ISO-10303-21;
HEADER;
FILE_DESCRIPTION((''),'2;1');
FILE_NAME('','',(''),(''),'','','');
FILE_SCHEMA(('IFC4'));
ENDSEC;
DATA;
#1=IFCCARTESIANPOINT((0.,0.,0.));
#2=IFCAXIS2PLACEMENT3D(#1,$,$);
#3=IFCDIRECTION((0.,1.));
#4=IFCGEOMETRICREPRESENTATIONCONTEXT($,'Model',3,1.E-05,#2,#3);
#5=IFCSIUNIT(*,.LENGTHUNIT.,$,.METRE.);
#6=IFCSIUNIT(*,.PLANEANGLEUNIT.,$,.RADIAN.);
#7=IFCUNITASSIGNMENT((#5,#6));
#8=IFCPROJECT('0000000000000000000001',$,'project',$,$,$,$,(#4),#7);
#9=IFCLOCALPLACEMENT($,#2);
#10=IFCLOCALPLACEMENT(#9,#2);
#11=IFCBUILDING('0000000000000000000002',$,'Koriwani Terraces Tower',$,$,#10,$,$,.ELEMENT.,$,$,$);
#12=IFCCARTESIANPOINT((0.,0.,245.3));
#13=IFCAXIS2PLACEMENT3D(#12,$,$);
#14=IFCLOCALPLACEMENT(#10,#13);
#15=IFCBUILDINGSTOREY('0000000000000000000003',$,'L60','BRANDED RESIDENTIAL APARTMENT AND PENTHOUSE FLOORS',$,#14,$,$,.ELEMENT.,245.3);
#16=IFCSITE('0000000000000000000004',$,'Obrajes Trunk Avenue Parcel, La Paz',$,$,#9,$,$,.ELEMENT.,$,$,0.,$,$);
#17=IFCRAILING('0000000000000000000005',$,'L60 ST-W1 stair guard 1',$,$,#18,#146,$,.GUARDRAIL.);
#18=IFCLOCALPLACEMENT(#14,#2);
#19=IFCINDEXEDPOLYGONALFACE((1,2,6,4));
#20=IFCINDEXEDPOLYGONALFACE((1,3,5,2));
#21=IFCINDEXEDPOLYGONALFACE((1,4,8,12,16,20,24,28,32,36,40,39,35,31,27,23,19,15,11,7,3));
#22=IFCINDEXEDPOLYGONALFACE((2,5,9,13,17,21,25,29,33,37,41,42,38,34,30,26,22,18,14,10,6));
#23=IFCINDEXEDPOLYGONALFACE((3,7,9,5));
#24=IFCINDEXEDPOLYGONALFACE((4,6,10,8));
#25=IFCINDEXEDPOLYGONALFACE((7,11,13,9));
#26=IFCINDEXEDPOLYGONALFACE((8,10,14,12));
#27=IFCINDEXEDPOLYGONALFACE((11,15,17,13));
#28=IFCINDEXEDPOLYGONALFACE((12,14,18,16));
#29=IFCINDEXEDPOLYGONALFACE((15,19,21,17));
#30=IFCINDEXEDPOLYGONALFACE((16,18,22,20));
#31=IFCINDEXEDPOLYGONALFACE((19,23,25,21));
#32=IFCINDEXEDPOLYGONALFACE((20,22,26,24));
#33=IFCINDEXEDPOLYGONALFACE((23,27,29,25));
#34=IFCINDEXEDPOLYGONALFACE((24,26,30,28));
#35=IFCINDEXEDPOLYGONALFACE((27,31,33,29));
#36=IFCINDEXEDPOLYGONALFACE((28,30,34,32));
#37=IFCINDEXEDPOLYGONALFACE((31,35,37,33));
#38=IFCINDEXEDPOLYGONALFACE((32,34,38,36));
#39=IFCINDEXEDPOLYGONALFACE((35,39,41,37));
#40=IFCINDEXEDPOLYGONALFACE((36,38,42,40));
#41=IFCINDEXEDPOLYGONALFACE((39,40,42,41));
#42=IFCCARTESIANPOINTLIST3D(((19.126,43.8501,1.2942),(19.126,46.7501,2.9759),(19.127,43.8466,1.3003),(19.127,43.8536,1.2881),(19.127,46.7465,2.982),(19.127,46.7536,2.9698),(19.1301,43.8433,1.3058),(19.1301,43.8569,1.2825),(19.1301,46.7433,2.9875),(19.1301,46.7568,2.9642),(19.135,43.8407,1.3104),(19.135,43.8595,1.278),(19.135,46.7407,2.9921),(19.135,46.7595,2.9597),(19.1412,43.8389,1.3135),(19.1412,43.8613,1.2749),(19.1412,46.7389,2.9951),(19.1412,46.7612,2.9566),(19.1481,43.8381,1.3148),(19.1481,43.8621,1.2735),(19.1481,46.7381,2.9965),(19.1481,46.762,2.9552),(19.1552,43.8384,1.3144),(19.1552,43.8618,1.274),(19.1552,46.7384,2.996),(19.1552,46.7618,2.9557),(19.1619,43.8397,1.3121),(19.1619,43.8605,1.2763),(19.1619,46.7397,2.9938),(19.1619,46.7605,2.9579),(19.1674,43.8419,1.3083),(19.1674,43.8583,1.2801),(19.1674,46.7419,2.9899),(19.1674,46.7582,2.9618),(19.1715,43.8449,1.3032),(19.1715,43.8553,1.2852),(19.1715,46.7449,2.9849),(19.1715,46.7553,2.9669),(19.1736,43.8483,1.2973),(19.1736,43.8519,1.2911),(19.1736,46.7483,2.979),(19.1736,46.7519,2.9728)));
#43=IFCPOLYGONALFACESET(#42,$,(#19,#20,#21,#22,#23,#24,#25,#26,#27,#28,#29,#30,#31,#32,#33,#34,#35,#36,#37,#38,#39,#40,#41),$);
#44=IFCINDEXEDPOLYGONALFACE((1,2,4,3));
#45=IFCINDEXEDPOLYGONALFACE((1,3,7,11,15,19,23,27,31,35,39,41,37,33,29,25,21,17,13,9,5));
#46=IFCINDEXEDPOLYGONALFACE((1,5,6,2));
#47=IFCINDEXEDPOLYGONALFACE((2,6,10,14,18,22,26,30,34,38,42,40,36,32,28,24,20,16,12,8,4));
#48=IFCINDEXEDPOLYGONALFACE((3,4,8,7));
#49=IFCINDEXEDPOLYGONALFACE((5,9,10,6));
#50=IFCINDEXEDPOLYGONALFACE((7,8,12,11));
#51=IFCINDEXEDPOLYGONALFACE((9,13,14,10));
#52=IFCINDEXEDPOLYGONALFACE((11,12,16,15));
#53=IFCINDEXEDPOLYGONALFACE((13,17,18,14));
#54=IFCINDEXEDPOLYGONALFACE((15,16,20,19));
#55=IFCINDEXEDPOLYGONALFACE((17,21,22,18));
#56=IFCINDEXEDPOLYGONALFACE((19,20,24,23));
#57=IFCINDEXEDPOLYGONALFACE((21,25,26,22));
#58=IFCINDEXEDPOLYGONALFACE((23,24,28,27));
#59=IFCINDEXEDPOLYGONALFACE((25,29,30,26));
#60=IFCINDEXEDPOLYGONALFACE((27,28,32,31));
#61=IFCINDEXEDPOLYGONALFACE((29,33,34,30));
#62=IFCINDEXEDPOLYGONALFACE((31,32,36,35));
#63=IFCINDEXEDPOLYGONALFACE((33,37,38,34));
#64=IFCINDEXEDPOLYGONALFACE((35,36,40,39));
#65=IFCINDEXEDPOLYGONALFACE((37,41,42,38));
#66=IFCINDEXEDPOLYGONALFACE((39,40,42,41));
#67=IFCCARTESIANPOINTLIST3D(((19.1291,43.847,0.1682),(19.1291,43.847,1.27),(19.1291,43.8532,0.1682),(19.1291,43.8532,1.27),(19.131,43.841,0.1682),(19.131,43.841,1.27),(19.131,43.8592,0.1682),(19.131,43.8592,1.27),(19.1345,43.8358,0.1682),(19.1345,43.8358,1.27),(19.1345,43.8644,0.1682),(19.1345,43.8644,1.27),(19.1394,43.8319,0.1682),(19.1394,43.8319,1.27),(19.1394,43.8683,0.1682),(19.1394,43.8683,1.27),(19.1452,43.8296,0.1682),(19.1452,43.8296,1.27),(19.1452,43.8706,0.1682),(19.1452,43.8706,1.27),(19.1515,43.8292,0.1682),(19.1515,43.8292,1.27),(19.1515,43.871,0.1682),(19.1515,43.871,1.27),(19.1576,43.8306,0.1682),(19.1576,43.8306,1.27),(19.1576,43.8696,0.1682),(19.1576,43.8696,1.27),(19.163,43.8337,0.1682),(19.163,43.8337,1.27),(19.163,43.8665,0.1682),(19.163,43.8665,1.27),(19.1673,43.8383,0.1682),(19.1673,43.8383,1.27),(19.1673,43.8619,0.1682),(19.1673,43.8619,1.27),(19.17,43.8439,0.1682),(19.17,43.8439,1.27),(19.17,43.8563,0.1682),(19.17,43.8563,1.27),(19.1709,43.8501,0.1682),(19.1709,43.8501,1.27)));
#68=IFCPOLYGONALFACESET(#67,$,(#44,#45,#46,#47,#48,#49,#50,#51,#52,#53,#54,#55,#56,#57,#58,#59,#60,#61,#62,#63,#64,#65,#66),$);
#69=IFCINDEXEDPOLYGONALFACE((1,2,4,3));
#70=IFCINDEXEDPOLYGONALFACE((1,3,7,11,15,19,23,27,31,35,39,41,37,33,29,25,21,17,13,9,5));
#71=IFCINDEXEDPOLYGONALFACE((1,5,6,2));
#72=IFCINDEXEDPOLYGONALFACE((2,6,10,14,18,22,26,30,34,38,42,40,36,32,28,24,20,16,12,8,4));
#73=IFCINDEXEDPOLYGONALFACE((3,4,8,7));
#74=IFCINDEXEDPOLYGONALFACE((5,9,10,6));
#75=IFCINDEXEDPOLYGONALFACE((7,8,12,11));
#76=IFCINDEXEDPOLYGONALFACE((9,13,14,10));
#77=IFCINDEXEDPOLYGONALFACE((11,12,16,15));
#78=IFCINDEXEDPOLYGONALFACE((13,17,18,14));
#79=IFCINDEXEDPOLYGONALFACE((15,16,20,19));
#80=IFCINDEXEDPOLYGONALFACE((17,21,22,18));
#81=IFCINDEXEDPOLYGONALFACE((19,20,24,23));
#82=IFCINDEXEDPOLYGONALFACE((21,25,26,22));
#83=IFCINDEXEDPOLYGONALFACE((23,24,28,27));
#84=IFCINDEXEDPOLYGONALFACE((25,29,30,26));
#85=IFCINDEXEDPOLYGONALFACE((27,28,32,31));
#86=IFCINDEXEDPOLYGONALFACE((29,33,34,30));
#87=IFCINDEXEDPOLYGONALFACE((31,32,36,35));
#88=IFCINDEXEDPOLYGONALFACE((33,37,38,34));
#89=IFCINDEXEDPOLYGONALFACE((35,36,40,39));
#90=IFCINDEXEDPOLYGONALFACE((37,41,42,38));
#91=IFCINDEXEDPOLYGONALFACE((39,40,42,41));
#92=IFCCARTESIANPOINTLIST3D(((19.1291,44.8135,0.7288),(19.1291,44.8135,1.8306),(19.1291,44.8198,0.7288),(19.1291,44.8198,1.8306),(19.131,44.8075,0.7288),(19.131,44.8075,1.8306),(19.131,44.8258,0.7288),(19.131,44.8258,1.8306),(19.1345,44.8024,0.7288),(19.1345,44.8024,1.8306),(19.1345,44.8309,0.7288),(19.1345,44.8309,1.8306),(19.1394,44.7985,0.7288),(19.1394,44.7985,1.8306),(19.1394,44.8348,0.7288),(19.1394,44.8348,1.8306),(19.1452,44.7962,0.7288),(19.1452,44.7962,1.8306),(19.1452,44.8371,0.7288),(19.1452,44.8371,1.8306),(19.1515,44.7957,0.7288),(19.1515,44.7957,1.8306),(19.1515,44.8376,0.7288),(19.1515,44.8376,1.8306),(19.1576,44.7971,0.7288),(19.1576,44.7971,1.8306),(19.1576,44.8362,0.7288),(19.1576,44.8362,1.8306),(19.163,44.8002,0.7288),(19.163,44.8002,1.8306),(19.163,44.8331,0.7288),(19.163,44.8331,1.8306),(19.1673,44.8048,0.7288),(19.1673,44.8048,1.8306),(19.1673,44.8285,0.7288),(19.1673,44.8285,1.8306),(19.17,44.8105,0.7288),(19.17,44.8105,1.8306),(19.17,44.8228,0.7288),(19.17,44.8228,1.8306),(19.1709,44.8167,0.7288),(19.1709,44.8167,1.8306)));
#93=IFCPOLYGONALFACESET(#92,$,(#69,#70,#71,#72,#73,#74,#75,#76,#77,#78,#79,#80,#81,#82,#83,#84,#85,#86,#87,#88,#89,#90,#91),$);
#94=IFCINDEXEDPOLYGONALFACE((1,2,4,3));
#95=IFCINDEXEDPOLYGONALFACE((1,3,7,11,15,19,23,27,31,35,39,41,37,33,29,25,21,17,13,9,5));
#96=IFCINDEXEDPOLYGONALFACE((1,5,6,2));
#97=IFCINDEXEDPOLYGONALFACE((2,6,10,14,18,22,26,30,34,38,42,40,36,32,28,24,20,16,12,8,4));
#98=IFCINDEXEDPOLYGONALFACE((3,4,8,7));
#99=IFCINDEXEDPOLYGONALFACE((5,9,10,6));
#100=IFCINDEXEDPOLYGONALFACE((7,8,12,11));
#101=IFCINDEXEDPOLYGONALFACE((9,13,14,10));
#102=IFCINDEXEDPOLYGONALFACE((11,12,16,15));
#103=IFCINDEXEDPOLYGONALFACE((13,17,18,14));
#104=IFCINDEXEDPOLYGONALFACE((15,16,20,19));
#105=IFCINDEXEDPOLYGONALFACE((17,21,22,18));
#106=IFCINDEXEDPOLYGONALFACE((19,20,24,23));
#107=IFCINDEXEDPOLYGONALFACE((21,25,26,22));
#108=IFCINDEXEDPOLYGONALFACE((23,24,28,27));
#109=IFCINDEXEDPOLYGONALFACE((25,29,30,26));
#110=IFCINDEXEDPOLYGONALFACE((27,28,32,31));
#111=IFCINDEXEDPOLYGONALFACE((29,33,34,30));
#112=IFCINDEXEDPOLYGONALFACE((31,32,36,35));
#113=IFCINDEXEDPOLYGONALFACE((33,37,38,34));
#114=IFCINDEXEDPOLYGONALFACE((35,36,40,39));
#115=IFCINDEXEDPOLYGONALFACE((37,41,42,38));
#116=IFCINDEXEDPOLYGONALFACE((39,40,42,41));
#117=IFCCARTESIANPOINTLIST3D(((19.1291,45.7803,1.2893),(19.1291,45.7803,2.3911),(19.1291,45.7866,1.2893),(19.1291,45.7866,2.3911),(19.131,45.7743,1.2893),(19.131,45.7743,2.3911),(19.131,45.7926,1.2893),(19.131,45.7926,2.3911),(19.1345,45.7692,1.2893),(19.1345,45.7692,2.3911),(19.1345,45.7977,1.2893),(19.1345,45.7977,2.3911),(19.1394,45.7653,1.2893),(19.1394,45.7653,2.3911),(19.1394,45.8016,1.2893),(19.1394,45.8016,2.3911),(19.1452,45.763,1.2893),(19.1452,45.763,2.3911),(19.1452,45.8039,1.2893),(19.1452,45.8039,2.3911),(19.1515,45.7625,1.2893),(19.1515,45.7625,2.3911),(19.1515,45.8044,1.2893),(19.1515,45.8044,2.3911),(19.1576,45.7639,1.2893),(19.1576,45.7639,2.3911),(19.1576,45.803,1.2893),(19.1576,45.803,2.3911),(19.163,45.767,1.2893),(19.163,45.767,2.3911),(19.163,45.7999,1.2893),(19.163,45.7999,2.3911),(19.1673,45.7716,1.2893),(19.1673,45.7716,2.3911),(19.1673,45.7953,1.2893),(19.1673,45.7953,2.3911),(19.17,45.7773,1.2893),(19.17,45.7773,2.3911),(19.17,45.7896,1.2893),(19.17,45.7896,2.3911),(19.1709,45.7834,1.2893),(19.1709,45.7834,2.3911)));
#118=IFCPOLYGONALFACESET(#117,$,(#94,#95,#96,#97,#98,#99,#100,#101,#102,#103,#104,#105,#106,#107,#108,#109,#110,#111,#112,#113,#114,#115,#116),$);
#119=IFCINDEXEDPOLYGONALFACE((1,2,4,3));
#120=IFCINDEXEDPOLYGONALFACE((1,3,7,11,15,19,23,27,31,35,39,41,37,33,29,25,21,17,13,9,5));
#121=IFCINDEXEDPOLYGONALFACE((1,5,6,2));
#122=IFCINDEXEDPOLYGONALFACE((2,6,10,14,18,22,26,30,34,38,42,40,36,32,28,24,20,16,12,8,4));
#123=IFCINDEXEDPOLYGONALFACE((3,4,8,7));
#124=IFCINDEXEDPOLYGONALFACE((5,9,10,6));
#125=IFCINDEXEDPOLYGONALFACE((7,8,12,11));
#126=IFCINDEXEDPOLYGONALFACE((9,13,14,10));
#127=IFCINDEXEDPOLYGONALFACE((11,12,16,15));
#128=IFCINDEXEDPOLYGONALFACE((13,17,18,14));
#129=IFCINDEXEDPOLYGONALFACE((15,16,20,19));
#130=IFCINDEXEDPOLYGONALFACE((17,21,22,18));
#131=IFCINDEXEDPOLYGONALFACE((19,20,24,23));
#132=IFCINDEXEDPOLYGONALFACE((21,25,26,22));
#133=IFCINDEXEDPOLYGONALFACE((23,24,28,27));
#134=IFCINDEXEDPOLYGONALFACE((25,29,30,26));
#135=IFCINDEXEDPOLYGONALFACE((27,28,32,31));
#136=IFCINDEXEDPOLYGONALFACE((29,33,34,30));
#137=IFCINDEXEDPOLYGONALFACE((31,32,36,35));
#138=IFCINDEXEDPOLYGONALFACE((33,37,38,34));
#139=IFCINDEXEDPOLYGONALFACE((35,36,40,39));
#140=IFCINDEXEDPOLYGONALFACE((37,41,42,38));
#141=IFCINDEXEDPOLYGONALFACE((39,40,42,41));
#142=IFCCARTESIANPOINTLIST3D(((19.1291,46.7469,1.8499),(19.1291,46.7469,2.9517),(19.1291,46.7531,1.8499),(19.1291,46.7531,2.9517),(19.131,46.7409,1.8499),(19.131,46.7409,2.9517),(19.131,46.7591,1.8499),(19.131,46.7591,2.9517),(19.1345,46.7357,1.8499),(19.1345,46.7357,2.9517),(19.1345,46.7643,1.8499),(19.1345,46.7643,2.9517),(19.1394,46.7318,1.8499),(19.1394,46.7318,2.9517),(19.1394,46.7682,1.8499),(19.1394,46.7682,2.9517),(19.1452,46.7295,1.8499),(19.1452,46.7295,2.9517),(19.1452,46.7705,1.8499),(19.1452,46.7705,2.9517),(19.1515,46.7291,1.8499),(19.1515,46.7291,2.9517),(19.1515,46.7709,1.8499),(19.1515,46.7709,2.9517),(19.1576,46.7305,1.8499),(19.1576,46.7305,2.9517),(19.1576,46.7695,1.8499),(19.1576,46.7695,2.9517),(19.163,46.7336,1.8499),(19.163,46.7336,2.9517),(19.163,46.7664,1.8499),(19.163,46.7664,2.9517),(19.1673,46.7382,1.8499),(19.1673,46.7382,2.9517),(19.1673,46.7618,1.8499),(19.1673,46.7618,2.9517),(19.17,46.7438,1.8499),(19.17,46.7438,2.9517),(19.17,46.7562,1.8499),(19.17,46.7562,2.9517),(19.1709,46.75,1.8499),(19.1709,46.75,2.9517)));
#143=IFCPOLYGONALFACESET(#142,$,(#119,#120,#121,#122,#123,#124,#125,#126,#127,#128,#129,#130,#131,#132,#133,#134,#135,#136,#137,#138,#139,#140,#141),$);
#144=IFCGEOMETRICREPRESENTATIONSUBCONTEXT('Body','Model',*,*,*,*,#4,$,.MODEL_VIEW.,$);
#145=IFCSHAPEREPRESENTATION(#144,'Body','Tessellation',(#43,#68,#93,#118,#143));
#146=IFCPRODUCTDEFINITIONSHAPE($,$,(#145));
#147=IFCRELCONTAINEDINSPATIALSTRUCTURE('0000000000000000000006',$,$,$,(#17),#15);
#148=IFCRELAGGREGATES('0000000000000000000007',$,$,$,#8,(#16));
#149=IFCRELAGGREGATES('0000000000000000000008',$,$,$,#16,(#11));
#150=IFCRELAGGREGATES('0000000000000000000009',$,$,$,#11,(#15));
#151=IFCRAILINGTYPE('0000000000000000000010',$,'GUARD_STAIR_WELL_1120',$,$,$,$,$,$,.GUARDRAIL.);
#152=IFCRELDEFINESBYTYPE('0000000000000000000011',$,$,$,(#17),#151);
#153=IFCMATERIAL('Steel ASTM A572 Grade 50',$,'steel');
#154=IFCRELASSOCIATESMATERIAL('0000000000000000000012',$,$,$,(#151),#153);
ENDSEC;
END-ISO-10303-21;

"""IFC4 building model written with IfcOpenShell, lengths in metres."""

from ifc_helpers import new_model, si_unit, direction, frame, origin, origin_2d, place, context, subcontext, project, spatial, circle, extrude, material, type_object, element, save


model = new_model("IFC4")

# Units and contexts
model_context = context("Model", 3, precision=1e-05, world=origin(), true_north=direction((0.0, 1.0)))
body_context = subcontext(model_context, "Body", "Model", "MODEL_VIEW")
ifc_project = project(units=[si_unit("LENGTHUNIT", "METRE"), si_unit("PLANEANGLEUNIT", "RADIAN")], contexts=[model_context])

# Site, building, storey
site_placement = place(None, origin())
site = spatial("IfcSite", under=ifc_project, at=site_placement, Name="Obrajes Trunk Avenue Parcel, La Paz", CompositionType="ELEMENT", RefElevation=0.0)
building_placement = place(site_placement, origin())
building = spatial("IfcBuilding", under=site, at=building_placement, Name="Koriwani Terraces Tower", CompositionType="ELEMENT")
storey_placement = place(building_placement, frame((0.0, 0.0, 245.3)))
storey = spatial("IfcBuildingStorey", under=building, at=storey_placement, Name="L60", Description="BRANDED RESIDENTIAL APARTMENT AND PENTHOUSE FLOORS", CompositionType="ELEMENT", Elevation=245.3)

# Railing
ifc_material_1 = material(Name="Steel ASTM A572 Grade 50", Category="steel")
railing_type_1 = type_object("IfcRailingType", Name="GUARD_STAIR_WELL_1120", PredefinedType="GUARDRAIL", material=ifc_material_1)
railing_1_placement = place(storey_placement, frame((19.1499, 43.8501, 0.1682)))
element("IfcRailing", 1, at=railing_1_placement, inside=storey, type_object=railing_type_1, Name="L60 ST-W1 stair guard 1", PredefinedType="GUARDRAIL", context=body_context, shape_type="SweptSolid", body=[
    extrude(circle(Radius=0.0239, at=origin_2d()), frame((0.0, 0.0, 1.126), z_axis=(0.0, 0.86507, 0.501651), x_axis=(-1.0, 0.0, 0.0)), (0.0, 0.0, 1.0), 3.3523),
    extrude(circle(Radius=0.021, at=origin_2d()), origin(), (0.0, 0.0, 1.0), 1.1018),
    extrude(circle(Radius=0.021, at=origin_2d()), frame((0.0, 0.9666, 0.5605)), (0.0, 0.0, 1.0), 1.1018),
    extrude(circle(Radius=0.021, at=origin_2d()), frame((0.0, 1.9333, 1.1211)), (0.0, 0.0, 1.0), 1.1018),
    extrude(circle(Radius=0.021, at=origin_2d()), frame((0.0, 2.8999, 1.6816)), (0.0, 0.0, 1.0), 1.1018),
])

save(model, "model.ifc")
